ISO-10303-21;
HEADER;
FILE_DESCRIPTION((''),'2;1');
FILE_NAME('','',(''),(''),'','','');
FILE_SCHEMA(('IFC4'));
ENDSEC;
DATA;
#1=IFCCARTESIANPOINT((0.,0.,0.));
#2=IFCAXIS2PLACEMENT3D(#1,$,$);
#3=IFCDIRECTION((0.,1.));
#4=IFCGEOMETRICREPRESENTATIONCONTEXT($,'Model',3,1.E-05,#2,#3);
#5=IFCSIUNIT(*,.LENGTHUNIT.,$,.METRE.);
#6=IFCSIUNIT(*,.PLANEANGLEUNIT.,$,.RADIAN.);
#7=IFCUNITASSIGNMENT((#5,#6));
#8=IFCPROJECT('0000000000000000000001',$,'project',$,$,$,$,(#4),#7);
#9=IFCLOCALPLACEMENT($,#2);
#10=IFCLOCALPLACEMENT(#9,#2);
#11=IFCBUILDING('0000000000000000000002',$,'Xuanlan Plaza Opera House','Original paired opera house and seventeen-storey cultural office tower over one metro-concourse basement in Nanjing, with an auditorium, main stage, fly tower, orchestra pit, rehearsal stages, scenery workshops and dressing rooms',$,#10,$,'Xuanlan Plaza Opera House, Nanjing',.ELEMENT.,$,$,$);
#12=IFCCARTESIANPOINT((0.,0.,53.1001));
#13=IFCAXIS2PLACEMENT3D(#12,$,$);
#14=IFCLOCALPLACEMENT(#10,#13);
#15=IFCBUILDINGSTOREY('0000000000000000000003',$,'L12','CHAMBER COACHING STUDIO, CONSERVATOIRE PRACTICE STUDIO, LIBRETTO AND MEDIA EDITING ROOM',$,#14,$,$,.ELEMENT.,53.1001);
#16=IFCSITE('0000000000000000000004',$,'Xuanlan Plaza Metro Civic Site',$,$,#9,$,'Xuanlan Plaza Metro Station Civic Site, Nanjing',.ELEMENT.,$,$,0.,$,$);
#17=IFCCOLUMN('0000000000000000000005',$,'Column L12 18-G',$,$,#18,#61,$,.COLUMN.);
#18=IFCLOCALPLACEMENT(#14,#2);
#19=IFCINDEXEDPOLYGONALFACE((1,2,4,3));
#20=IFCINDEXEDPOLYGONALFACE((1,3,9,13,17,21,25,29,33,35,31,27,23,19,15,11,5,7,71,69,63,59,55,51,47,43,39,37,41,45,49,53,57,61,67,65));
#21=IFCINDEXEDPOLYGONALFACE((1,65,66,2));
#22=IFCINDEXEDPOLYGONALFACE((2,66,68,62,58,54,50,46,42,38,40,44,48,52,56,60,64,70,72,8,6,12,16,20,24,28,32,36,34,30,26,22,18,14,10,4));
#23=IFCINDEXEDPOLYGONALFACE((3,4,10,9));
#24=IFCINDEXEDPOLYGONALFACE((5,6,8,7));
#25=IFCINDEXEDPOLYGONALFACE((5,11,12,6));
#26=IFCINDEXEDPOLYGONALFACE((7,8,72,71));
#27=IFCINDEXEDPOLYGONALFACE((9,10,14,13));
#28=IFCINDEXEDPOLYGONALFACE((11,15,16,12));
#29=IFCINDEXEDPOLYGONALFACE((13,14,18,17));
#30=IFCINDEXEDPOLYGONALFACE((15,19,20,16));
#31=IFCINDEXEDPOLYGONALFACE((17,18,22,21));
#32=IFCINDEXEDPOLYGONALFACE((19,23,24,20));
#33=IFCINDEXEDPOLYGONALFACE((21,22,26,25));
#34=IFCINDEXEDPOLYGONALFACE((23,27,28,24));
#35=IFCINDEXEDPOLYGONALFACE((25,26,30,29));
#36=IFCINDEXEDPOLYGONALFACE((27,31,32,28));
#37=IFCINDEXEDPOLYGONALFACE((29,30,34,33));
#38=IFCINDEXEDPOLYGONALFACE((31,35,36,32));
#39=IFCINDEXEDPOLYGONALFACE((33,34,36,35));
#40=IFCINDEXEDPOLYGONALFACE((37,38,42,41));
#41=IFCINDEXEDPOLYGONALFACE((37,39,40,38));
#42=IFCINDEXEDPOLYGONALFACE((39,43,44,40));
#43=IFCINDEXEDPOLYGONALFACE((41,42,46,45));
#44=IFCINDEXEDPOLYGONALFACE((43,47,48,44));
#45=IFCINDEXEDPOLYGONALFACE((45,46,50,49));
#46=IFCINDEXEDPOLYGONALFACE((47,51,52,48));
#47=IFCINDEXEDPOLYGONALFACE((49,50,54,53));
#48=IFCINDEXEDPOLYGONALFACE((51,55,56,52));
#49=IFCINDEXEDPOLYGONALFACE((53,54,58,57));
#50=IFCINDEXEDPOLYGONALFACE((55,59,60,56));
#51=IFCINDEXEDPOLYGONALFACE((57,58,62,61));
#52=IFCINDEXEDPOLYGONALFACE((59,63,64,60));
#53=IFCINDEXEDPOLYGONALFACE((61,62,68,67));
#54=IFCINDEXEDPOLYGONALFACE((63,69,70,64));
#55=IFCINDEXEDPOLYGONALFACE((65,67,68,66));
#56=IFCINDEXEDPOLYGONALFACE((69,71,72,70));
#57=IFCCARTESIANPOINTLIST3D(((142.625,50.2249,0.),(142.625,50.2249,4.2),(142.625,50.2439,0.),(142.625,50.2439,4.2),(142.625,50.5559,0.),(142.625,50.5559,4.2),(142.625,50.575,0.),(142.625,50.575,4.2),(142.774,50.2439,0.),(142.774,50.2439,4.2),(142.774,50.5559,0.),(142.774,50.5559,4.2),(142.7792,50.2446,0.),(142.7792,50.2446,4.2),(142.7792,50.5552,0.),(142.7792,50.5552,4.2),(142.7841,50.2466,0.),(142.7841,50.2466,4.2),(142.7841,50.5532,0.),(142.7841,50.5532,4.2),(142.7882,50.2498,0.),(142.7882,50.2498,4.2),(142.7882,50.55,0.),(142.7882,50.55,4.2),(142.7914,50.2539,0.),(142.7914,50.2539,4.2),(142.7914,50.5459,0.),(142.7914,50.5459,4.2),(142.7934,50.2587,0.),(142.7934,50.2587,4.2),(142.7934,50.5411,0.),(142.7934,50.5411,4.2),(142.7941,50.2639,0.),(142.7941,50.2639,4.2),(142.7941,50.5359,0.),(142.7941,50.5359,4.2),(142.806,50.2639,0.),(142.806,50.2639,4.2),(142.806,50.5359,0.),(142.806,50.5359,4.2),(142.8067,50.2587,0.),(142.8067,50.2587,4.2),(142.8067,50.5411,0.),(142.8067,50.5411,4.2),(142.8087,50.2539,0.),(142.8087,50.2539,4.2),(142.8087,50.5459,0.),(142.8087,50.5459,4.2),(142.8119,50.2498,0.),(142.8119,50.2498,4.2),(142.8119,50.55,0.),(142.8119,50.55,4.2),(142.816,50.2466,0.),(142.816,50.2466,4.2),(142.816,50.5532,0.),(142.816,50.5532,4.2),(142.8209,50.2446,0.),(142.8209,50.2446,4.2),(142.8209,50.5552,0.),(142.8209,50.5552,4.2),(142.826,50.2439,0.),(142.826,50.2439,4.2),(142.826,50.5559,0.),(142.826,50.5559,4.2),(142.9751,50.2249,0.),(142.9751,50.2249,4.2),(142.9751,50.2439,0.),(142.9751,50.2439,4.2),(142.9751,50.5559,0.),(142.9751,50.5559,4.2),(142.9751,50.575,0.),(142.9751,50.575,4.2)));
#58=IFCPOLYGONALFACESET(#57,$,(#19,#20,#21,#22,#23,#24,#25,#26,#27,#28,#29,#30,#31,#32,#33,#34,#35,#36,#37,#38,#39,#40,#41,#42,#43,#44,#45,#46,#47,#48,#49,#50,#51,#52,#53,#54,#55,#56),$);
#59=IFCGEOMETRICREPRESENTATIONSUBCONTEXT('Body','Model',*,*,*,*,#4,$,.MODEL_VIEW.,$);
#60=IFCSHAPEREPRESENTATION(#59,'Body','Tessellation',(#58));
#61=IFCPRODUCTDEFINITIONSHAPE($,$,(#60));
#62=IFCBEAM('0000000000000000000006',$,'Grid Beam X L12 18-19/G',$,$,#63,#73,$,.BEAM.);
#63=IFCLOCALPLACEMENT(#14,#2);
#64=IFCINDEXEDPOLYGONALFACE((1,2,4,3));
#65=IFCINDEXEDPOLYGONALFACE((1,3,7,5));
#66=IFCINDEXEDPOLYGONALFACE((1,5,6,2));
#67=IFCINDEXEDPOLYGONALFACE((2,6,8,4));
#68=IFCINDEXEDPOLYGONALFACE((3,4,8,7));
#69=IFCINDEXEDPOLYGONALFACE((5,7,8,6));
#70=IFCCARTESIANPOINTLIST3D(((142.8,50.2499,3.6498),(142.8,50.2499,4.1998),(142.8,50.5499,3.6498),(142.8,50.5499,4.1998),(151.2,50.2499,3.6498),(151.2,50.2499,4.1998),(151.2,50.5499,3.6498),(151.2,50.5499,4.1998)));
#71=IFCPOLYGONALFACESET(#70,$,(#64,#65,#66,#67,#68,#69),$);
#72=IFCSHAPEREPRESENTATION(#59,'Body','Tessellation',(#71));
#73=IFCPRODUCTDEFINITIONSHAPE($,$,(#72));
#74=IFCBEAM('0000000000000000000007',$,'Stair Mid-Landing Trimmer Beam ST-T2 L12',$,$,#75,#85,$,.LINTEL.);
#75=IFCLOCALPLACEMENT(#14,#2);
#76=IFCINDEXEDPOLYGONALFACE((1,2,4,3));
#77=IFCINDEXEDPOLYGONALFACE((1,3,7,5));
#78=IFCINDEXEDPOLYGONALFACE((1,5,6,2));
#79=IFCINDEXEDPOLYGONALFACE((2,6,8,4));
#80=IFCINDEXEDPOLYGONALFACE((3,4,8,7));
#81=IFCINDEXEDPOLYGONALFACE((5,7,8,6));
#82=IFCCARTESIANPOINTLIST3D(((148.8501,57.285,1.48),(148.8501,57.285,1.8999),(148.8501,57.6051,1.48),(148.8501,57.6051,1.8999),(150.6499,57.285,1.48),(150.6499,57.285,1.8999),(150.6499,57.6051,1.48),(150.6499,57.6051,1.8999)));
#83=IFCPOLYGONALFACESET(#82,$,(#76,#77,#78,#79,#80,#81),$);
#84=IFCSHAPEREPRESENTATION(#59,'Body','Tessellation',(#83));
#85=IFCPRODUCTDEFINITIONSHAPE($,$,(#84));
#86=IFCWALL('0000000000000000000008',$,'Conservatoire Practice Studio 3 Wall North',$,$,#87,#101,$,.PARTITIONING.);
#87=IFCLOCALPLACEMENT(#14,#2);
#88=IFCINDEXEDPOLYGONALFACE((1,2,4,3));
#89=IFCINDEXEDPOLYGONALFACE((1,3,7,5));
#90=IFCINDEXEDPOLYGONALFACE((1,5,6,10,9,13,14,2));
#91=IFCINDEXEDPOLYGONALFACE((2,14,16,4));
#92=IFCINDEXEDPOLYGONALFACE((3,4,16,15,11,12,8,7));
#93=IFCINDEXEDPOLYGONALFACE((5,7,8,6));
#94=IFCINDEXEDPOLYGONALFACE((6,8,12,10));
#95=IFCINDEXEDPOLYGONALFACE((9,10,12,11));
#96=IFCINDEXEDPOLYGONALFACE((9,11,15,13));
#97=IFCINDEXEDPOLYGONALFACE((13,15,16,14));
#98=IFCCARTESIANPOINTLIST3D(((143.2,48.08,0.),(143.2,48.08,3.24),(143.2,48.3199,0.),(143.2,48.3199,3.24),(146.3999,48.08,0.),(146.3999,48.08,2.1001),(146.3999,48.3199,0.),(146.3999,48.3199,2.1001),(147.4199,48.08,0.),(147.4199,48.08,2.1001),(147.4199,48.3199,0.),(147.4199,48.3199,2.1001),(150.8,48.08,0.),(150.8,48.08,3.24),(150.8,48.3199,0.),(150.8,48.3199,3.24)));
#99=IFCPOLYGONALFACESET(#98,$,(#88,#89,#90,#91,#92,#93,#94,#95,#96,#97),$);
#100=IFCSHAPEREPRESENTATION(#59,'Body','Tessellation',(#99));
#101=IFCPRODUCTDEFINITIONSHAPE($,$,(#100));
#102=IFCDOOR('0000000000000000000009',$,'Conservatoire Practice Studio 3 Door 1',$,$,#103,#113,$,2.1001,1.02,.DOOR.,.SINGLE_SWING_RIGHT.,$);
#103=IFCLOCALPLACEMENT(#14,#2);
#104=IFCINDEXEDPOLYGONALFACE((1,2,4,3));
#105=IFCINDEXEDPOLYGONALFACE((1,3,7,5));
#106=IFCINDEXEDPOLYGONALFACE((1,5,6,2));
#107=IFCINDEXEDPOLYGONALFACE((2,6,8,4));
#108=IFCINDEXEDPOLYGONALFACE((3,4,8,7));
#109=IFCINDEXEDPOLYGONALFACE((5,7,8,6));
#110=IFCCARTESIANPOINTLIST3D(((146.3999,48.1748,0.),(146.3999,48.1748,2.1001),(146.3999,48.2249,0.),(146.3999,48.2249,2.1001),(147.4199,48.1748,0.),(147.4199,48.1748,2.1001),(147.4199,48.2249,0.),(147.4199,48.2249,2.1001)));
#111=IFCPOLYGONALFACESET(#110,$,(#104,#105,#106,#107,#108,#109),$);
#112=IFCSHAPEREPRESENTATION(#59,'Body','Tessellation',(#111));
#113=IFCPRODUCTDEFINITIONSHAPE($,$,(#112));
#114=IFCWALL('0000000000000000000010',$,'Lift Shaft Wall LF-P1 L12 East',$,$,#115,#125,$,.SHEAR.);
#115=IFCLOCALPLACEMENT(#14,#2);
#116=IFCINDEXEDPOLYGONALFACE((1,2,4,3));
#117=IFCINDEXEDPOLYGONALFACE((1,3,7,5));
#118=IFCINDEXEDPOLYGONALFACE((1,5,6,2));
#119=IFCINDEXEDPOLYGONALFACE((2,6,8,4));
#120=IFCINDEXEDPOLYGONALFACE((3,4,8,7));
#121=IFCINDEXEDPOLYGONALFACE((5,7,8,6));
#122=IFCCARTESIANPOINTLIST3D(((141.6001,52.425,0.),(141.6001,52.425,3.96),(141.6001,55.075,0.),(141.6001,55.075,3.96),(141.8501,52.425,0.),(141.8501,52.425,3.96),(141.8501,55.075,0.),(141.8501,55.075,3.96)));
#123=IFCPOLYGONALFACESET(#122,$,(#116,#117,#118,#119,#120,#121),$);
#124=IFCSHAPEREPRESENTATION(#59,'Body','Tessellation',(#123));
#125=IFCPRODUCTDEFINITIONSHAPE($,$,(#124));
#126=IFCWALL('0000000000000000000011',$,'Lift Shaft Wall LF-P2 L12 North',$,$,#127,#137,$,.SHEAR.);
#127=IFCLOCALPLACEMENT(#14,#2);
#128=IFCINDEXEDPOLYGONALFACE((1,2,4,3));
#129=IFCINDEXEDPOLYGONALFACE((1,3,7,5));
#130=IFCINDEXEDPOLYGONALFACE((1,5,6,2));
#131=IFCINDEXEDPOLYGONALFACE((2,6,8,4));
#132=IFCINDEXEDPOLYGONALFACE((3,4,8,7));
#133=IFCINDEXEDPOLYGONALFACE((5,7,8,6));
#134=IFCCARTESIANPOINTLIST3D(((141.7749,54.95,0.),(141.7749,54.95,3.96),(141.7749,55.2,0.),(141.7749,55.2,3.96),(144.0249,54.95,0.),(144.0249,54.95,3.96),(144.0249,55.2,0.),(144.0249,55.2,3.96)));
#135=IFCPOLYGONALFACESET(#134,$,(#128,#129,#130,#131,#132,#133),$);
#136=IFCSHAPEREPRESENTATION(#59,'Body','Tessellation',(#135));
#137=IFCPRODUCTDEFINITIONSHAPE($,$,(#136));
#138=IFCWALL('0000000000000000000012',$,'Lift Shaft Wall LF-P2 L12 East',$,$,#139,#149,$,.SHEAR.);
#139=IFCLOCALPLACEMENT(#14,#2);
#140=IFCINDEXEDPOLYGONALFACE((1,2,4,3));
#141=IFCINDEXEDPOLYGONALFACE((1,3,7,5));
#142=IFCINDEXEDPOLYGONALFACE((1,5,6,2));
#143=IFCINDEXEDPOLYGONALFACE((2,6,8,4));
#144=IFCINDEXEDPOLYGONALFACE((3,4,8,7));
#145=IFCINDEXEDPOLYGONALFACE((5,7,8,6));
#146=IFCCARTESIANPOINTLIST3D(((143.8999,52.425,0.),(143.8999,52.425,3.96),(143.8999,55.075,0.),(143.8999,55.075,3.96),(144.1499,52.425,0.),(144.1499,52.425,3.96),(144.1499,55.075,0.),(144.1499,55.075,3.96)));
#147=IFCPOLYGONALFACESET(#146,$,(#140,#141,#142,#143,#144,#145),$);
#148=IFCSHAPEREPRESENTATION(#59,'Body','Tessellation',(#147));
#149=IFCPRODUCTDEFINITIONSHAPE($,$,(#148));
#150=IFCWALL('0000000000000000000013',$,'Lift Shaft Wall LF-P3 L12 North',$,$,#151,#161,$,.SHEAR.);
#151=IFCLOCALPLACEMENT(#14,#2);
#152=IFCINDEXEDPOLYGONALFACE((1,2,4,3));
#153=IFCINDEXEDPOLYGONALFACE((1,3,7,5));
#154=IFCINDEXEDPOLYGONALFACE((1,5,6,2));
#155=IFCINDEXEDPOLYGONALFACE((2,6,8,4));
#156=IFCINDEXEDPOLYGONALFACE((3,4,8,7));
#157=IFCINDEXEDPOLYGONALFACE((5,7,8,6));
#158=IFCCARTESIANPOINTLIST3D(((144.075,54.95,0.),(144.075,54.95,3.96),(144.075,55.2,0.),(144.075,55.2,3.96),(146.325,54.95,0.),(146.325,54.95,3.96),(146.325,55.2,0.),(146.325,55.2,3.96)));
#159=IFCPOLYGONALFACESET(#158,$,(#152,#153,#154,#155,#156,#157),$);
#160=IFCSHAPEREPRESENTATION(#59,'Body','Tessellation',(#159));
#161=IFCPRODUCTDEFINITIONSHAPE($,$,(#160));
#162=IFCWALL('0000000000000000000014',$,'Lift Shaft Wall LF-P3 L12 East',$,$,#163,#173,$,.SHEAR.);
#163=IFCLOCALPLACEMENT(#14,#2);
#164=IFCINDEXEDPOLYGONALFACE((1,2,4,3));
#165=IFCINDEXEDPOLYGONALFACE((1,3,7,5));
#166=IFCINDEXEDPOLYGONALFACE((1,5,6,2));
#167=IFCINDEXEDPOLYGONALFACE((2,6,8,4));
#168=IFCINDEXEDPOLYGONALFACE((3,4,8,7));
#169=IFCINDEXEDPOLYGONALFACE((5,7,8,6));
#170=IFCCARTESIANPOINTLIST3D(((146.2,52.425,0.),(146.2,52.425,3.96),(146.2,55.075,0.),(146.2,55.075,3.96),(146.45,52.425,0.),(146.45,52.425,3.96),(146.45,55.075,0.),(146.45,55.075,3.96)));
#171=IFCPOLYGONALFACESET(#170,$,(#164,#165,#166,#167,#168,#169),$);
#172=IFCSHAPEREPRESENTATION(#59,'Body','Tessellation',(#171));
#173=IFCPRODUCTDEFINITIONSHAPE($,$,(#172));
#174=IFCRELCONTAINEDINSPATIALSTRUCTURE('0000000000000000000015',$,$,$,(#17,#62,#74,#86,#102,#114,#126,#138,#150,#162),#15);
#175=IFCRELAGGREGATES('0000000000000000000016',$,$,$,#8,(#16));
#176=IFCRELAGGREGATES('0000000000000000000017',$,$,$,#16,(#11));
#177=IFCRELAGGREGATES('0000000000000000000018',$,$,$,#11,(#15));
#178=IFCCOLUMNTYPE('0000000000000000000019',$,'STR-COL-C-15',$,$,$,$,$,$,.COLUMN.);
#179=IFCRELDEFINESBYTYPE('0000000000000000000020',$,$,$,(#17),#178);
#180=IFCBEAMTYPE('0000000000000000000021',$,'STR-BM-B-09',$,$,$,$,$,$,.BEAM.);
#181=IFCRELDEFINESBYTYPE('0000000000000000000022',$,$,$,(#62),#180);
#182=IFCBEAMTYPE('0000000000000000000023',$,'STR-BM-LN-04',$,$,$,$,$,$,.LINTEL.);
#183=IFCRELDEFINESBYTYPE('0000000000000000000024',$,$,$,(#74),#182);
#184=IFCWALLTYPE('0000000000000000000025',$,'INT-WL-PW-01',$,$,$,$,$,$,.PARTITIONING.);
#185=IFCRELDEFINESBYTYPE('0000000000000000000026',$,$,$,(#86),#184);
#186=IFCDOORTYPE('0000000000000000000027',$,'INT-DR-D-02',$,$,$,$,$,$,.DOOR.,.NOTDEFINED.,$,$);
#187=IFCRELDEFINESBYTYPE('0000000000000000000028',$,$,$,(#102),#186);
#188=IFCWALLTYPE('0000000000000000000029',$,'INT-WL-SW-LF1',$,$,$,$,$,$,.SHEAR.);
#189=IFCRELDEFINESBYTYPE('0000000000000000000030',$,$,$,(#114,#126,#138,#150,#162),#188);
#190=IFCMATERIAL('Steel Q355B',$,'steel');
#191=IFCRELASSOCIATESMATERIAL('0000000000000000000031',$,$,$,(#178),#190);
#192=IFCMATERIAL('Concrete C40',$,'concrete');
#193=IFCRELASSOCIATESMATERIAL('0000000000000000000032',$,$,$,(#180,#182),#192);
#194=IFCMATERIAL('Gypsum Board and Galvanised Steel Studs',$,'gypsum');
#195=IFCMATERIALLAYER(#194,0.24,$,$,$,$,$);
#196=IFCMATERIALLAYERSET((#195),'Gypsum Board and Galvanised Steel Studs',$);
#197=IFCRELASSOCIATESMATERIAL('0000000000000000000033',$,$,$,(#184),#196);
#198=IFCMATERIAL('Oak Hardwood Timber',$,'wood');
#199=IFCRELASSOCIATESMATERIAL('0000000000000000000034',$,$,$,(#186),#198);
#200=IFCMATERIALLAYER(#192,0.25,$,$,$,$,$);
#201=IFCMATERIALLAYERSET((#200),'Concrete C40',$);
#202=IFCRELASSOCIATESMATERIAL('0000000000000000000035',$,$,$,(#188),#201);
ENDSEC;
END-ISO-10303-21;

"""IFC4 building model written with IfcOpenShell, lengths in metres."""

from ifc_helpers import new_model, si_unit, direction, frame, frame_2d, origin, origin_2d, place, context, subcontext, project, spatial, rectangle, i_section, extrude, material, layer, layer_set, material_profile, profile_set, type_object, element, fill, save


model = new_model("IFC4")

# Units and contexts
model_context = context("Model", 3, precision=1e-05, world=origin(), true_north=direction((0.0, 1.0)))
body_context = subcontext(model_context, "Body", "Model", "MODEL_VIEW")
ifc_project = project(units=[si_unit("LENGTHUNIT", "METRE"), si_unit("PLANEANGLEUNIT", "RADIAN")], contexts=[model_context])

# Site, building, storey
site_placement = place(None, origin())
site = spatial("IfcSite", under=ifc_project, at=site_placement, Name="Xuanlan Plaza Metro Civic Site", LongName="Xuanlan Plaza Metro Station Civic Site, Nanjing", CompositionType="ELEMENT", RefElevation=0.0)
building_placement = place(site_placement, origin())
building = spatial("IfcBuilding", under=site, at=building_placement, Name="Xuanlan Plaza Opera House", Description="Original paired opera house and seventeen-storey cultural office tower over one metro-concourse basement in Nanjing, with an auditorium, main stage, fly tower, orchestra pit, rehearsal stages, scenery workshops and dressing rooms", LongName="Xuanlan Plaza Opera House, Nanjing", CompositionType="ELEMENT")
storey_placement = place(building_placement, frame((0.0, 0.0, 53.1001)))
storey = spatial("IfcBuildingStorey", under=building, at=storey_placement, Name="L12", Description="CHAMBER COACHING STUDIO, CONSERVATOIRE PRACTICE STUDIO, LIBRETTO AND MEDIA EDITING ROOM", CompositionType="ELEMENT", Elevation=53.1001)

# Column
ifc_material_1 = material(Name="Steel Q355B", Category="steel")
ifc_material_profile_1 = material_profile(ifc_material_1, i_section(OverallWidth=0.3501, OverallDepth=0.3501, WebThickness=0.012, FlangeThickness=0.019, FilletRadius=0.02, at=origin_2d()), Name="HW 350x350x12x19")
ifc_profile_set_1 = profile_set([ifc_material_profile_1], Name="Steel Q355B")
column_type = type_object("IfcColumnType", Name="STR-COL-C-15", PredefinedType="COLUMN", material=ifc_profile_set_1)
column_placement = place(storey_placement, frame((142.8, 50.3999, 0.0), z_axis=(0.0, 0.0, 1.0), x_axis=(1.0, 0.0, 0.0)))
element("IfcColumn", 1, at=column_placement, inside=storey, type_object=column_type, Name="Column L12 18-G", PredefinedType="COLUMN", context=body_context, shape_type="SweptSolid", body=[
    extrude(i_section(OverallWidth=0.3501, OverallDepth=0.3501, WebThickness=0.012, FlangeThickness=0.019, FilletRadius=0.02, at=origin_2d()), origin(), (0.0, 0.0, 1.0), 4.2),
])

# Beams
ifc_material_2 = material(Name="Concrete C40", Category="concrete")
ifc_material_profile_2 = material_profile(ifc_material_2, rectangle(XDim=0.3, YDim=0.55, at=origin_2d()), Name="RC-BM 300x550")
ifc_profile_set_2 = profile_set([ifc_material_profile_2], Name="Concrete C40")
beam_type_1 = type_object("IfcBeamType", Name="STR-BM-B-09", PredefinedType="BEAM", material=ifc_profile_set_2)
beam_1_placement = place(storey_placement, frame((142.8, 50.3999, 3.9248), z_axis=(1.0, 0.0, 0.0), x_axis=(0.0, 1.0, 0.0)))
element("IfcBeam", 2, at=beam_1_placement, inside=storey, type_object=beam_type_1, Name="Grid Beam X L12 18-19/G", PredefinedType="BEAM", context=body_context, shape_type="SweptSolid", body=[
    extrude(rectangle(XDim=0.3, YDim=0.55, at=origin_2d()), origin(), (0.0, 0.0, 1.0), 8.3999),
])
ifc_material_profile_3 = material_profile(ifc_material_2, rectangle(XDim=0.3201, YDim=0.4199, at=origin_2d()), Name="RC-LNT 320x420")
ifc_profile_set_3 = profile_set([ifc_material_profile_3], Name="Concrete C40")
beam_type_2 = type_object("IfcBeamType", Name="STR-BM-LN-04", PredefinedType="LINTEL", material=ifc_profile_set_3)
beam_2_placement = place(storey_placement, frame((148.8501, 57.4451, 1.6899), z_axis=(1.0, 0.0, 0.0), x_axis=(0.0, 1.0, 0.0)))
element("IfcBeam", 3, at=beam_2_placement, inside=storey, type_object=beam_type_2, Name="Stair Mid-Landing Trimmer Beam ST-T2 L12", PredefinedType="LINTEL", context=body_context, shape_type="SweptSolid", body=[
    extrude(rectangle(XDim=0.3201, YDim=0.4199, at=origin_2d()), origin(), (0.0, 0.0, 1.0), 1.7998),
])

# Wall, opening, door
ifc_material_3 = material(Name="Gypsum Board and Galvanised Steel Studs", Category="gypsum")
ifc_layer_1 = layer(ifc_material_3, 0.24)
ifc_layer_set_1 = layer_set([ifc_layer_1], Name="Gypsum Board and Galvanised Steel Studs")
wall_type_1 = type_object("IfcWallType", Name="INT-WL-PW-01", PredefinedType="PARTITIONING", material=ifc_layer_set_1)
wall_1_placement = place(storey_placement, frame((143.2, 48.2, 0.0), z_axis=(0.0, 0.0, 1.0), x_axis=(1.0, 0.0, 0.0)))
wall_1 = element("IfcWall", 4, at=wall_1_placement, inside=storey, type_object=wall_type_1, Name="Conservatoire Practice Studio 3 Wall North", PredefinedType="PARTITIONING", context=body_context, shape_type="SweptSolid", body=[
    extrude(rectangle(XDim=7.6001, YDim=0.24, at=frame_2d((3.8, 0.0))), origin(), (0.0, 0.0, 1.0), 3.24),
])
opening_1_placement = place(wall_1_placement, frame((3.2, 0.0, 0.0)))
opening_1 = element("IfcOpeningElement", 5, at=opening_1_placement, cuts=wall_1, PredefinedType="OPENING", context=body_context, shape_type="SweptSolid", body=[
    extrude(rectangle(XDim=1.02, YDim=2.1001, at=frame_2d((0.51, 1.05))), frame((0.0, 0.1299, 0.0), z_axis=(0.0, -1.0, 0.0), x_axis=(1.0, 0.0, 0.0)), (0.0, 0.0, 1.0), 0.26),
])
ifc_material_4 = material(Name="Oak Hardwood Timber", Category="wood")
door_type_1 = type_object("IfcDoorType", Name="INT-DR-D-02", OperationType="NOTDEFINED", PredefinedType="DOOR", material=ifc_material_4)
door_1_placement = place(opening_1_placement, origin())
door_1 = element("IfcDoor", 6, at=door_1_placement, inside=storey, type_object=door_type_1, Name="Conservatoire Practice Studio 3 Door 1", OperationType="SINGLE_SWING_RIGHT", OverallHeight=2.1001, OverallWidth=1.02, PredefinedType="DOOR", context=body_context, shape_type="SweptSolid", body=[
    extrude(rectangle(XDim=1.02, YDim=2.1001, at=frame_2d((0.51, 1.05))), frame((0.0, 0.0249, 0.0), z_axis=(0.0, -1.0, 0.0), x_axis=(1.0, 0.0, 0.0)), (0.0, 0.0, 1.0), 0.05),
])
fill(opening_1, door_1)

# Wall
ifc_layer_2 = layer(ifc_material_2, 0.25)
ifc_layer_set_2 = layer_set([ifc_layer_2], Name="Concrete C40")
wall_type_2 = type_object("IfcWallType", Name="INT-WL-SW-LF1", PredefinedType="SHEAR", material=ifc_layer_set_2)
wall_2_placement = place(storey_placement, frame((141.7251, 52.425, 0.0), z_axis=(0.0, 0.0, 1.0), x_axis=(0.0, 1.0, 0.0)))
element("IfcWall", 7, at=wall_2_placement, inside=storey, type_object=wall_type_2, Name="Lift Shaft Wall LF-P1 L12 East", PredefinedType="SHEAR", context=body_context, shape_type="SweptSolid", body=[
    extrude(rectangle(XDim=2.6499, YDim=0.25, at=frame_2d((1.325, 0.0))), origin(), (0.0, 0.0, 1.0), 3.96),
])

# Walls
wall_3_placement = place(storey_placement, frame((141.7749, 55.075, 0.0), z_axis=(0.0, 0.0, 1.0), x_axis=(1.0, 0.0, 0.0)))
element("IfcWall", 8, at=wall_3_placement, inside=storey, type_object=wall_type_2, Name="Lift Shaft Wall LF-P2 L12 North", PredefinedType="SHEAR", context=body_context, shape_type="SweptSolid", body=[
    extrude(rectangle(XDim=2.25, YDim=0.25, at=frame_2d((1.125, 0.0))), origin(), (0.0, 0.0, 1.0), 3.96),
])
wall_4_placement = place(storey_placement, frame((144.0249, 52.425, 0.0), z_axis=(0.0, 0.0, 1.0), x_axis=(0.0, 1.0, 0.0)))
element("IfcWall", 9, at=wall_4_placement, inside=storey, type_object=wall_type_2, Name="Lift Shaft Wall LF-P2 L12 East", PredefinedType="SHEAR", context=body_context, shape_type="SweptSolid", body=[
    extrude(rectangle(XDim=2.6499, YDim=0.25, at=frame_2d((1.325, 0.0))), origin(), (0.0, 0.0, 1.0), 3.96),
])

# Walls
wall_5_placement = place(storey_placement, frame((144.075, 55.075, 0.0), z_axis=(0.0, 0.0, 1.0), x_axis=(1.0, 0.0, 0.0)))
element("IfcWall", 10, at=wall_5_placement, inside=storey, type_object=wall_type_2, Name="Lift Shaft Wall LF-P3 L12 North", PredefinedType="SHEAR", context=body_context, shape_type="SweptSolid", body=[
    extrude(rectangle(XDim=2.25, YDim=0.25, at=frame_2d((1.125, 0.0))), origin(), (0.0, 0.0, 1.0), 3.96),
])
wall_6_placement = place(storey_placement, frame((146.325, 52.425, 0.0), z_axis=(0.0, 0.0, 1.0), x_axis=(0.0, 1.0, 0.0)))
element("IfcWall", 11, at=wall_6_placement, inside=storey, type_object=wall_type_2, Name="Lift Shaft Wall LF-P3 L12 East", PredefinedType="SHEAR", context=body_context, shape_type="SweptSolid", body=[
    extrude(rectangle(XDim=2.6499, YDim=0.25, at=frame_2d((1.325, 0.0))), origin(), (0.0, 0.0, 1.0), 3.96),
])

save(model, "model.ifc")
